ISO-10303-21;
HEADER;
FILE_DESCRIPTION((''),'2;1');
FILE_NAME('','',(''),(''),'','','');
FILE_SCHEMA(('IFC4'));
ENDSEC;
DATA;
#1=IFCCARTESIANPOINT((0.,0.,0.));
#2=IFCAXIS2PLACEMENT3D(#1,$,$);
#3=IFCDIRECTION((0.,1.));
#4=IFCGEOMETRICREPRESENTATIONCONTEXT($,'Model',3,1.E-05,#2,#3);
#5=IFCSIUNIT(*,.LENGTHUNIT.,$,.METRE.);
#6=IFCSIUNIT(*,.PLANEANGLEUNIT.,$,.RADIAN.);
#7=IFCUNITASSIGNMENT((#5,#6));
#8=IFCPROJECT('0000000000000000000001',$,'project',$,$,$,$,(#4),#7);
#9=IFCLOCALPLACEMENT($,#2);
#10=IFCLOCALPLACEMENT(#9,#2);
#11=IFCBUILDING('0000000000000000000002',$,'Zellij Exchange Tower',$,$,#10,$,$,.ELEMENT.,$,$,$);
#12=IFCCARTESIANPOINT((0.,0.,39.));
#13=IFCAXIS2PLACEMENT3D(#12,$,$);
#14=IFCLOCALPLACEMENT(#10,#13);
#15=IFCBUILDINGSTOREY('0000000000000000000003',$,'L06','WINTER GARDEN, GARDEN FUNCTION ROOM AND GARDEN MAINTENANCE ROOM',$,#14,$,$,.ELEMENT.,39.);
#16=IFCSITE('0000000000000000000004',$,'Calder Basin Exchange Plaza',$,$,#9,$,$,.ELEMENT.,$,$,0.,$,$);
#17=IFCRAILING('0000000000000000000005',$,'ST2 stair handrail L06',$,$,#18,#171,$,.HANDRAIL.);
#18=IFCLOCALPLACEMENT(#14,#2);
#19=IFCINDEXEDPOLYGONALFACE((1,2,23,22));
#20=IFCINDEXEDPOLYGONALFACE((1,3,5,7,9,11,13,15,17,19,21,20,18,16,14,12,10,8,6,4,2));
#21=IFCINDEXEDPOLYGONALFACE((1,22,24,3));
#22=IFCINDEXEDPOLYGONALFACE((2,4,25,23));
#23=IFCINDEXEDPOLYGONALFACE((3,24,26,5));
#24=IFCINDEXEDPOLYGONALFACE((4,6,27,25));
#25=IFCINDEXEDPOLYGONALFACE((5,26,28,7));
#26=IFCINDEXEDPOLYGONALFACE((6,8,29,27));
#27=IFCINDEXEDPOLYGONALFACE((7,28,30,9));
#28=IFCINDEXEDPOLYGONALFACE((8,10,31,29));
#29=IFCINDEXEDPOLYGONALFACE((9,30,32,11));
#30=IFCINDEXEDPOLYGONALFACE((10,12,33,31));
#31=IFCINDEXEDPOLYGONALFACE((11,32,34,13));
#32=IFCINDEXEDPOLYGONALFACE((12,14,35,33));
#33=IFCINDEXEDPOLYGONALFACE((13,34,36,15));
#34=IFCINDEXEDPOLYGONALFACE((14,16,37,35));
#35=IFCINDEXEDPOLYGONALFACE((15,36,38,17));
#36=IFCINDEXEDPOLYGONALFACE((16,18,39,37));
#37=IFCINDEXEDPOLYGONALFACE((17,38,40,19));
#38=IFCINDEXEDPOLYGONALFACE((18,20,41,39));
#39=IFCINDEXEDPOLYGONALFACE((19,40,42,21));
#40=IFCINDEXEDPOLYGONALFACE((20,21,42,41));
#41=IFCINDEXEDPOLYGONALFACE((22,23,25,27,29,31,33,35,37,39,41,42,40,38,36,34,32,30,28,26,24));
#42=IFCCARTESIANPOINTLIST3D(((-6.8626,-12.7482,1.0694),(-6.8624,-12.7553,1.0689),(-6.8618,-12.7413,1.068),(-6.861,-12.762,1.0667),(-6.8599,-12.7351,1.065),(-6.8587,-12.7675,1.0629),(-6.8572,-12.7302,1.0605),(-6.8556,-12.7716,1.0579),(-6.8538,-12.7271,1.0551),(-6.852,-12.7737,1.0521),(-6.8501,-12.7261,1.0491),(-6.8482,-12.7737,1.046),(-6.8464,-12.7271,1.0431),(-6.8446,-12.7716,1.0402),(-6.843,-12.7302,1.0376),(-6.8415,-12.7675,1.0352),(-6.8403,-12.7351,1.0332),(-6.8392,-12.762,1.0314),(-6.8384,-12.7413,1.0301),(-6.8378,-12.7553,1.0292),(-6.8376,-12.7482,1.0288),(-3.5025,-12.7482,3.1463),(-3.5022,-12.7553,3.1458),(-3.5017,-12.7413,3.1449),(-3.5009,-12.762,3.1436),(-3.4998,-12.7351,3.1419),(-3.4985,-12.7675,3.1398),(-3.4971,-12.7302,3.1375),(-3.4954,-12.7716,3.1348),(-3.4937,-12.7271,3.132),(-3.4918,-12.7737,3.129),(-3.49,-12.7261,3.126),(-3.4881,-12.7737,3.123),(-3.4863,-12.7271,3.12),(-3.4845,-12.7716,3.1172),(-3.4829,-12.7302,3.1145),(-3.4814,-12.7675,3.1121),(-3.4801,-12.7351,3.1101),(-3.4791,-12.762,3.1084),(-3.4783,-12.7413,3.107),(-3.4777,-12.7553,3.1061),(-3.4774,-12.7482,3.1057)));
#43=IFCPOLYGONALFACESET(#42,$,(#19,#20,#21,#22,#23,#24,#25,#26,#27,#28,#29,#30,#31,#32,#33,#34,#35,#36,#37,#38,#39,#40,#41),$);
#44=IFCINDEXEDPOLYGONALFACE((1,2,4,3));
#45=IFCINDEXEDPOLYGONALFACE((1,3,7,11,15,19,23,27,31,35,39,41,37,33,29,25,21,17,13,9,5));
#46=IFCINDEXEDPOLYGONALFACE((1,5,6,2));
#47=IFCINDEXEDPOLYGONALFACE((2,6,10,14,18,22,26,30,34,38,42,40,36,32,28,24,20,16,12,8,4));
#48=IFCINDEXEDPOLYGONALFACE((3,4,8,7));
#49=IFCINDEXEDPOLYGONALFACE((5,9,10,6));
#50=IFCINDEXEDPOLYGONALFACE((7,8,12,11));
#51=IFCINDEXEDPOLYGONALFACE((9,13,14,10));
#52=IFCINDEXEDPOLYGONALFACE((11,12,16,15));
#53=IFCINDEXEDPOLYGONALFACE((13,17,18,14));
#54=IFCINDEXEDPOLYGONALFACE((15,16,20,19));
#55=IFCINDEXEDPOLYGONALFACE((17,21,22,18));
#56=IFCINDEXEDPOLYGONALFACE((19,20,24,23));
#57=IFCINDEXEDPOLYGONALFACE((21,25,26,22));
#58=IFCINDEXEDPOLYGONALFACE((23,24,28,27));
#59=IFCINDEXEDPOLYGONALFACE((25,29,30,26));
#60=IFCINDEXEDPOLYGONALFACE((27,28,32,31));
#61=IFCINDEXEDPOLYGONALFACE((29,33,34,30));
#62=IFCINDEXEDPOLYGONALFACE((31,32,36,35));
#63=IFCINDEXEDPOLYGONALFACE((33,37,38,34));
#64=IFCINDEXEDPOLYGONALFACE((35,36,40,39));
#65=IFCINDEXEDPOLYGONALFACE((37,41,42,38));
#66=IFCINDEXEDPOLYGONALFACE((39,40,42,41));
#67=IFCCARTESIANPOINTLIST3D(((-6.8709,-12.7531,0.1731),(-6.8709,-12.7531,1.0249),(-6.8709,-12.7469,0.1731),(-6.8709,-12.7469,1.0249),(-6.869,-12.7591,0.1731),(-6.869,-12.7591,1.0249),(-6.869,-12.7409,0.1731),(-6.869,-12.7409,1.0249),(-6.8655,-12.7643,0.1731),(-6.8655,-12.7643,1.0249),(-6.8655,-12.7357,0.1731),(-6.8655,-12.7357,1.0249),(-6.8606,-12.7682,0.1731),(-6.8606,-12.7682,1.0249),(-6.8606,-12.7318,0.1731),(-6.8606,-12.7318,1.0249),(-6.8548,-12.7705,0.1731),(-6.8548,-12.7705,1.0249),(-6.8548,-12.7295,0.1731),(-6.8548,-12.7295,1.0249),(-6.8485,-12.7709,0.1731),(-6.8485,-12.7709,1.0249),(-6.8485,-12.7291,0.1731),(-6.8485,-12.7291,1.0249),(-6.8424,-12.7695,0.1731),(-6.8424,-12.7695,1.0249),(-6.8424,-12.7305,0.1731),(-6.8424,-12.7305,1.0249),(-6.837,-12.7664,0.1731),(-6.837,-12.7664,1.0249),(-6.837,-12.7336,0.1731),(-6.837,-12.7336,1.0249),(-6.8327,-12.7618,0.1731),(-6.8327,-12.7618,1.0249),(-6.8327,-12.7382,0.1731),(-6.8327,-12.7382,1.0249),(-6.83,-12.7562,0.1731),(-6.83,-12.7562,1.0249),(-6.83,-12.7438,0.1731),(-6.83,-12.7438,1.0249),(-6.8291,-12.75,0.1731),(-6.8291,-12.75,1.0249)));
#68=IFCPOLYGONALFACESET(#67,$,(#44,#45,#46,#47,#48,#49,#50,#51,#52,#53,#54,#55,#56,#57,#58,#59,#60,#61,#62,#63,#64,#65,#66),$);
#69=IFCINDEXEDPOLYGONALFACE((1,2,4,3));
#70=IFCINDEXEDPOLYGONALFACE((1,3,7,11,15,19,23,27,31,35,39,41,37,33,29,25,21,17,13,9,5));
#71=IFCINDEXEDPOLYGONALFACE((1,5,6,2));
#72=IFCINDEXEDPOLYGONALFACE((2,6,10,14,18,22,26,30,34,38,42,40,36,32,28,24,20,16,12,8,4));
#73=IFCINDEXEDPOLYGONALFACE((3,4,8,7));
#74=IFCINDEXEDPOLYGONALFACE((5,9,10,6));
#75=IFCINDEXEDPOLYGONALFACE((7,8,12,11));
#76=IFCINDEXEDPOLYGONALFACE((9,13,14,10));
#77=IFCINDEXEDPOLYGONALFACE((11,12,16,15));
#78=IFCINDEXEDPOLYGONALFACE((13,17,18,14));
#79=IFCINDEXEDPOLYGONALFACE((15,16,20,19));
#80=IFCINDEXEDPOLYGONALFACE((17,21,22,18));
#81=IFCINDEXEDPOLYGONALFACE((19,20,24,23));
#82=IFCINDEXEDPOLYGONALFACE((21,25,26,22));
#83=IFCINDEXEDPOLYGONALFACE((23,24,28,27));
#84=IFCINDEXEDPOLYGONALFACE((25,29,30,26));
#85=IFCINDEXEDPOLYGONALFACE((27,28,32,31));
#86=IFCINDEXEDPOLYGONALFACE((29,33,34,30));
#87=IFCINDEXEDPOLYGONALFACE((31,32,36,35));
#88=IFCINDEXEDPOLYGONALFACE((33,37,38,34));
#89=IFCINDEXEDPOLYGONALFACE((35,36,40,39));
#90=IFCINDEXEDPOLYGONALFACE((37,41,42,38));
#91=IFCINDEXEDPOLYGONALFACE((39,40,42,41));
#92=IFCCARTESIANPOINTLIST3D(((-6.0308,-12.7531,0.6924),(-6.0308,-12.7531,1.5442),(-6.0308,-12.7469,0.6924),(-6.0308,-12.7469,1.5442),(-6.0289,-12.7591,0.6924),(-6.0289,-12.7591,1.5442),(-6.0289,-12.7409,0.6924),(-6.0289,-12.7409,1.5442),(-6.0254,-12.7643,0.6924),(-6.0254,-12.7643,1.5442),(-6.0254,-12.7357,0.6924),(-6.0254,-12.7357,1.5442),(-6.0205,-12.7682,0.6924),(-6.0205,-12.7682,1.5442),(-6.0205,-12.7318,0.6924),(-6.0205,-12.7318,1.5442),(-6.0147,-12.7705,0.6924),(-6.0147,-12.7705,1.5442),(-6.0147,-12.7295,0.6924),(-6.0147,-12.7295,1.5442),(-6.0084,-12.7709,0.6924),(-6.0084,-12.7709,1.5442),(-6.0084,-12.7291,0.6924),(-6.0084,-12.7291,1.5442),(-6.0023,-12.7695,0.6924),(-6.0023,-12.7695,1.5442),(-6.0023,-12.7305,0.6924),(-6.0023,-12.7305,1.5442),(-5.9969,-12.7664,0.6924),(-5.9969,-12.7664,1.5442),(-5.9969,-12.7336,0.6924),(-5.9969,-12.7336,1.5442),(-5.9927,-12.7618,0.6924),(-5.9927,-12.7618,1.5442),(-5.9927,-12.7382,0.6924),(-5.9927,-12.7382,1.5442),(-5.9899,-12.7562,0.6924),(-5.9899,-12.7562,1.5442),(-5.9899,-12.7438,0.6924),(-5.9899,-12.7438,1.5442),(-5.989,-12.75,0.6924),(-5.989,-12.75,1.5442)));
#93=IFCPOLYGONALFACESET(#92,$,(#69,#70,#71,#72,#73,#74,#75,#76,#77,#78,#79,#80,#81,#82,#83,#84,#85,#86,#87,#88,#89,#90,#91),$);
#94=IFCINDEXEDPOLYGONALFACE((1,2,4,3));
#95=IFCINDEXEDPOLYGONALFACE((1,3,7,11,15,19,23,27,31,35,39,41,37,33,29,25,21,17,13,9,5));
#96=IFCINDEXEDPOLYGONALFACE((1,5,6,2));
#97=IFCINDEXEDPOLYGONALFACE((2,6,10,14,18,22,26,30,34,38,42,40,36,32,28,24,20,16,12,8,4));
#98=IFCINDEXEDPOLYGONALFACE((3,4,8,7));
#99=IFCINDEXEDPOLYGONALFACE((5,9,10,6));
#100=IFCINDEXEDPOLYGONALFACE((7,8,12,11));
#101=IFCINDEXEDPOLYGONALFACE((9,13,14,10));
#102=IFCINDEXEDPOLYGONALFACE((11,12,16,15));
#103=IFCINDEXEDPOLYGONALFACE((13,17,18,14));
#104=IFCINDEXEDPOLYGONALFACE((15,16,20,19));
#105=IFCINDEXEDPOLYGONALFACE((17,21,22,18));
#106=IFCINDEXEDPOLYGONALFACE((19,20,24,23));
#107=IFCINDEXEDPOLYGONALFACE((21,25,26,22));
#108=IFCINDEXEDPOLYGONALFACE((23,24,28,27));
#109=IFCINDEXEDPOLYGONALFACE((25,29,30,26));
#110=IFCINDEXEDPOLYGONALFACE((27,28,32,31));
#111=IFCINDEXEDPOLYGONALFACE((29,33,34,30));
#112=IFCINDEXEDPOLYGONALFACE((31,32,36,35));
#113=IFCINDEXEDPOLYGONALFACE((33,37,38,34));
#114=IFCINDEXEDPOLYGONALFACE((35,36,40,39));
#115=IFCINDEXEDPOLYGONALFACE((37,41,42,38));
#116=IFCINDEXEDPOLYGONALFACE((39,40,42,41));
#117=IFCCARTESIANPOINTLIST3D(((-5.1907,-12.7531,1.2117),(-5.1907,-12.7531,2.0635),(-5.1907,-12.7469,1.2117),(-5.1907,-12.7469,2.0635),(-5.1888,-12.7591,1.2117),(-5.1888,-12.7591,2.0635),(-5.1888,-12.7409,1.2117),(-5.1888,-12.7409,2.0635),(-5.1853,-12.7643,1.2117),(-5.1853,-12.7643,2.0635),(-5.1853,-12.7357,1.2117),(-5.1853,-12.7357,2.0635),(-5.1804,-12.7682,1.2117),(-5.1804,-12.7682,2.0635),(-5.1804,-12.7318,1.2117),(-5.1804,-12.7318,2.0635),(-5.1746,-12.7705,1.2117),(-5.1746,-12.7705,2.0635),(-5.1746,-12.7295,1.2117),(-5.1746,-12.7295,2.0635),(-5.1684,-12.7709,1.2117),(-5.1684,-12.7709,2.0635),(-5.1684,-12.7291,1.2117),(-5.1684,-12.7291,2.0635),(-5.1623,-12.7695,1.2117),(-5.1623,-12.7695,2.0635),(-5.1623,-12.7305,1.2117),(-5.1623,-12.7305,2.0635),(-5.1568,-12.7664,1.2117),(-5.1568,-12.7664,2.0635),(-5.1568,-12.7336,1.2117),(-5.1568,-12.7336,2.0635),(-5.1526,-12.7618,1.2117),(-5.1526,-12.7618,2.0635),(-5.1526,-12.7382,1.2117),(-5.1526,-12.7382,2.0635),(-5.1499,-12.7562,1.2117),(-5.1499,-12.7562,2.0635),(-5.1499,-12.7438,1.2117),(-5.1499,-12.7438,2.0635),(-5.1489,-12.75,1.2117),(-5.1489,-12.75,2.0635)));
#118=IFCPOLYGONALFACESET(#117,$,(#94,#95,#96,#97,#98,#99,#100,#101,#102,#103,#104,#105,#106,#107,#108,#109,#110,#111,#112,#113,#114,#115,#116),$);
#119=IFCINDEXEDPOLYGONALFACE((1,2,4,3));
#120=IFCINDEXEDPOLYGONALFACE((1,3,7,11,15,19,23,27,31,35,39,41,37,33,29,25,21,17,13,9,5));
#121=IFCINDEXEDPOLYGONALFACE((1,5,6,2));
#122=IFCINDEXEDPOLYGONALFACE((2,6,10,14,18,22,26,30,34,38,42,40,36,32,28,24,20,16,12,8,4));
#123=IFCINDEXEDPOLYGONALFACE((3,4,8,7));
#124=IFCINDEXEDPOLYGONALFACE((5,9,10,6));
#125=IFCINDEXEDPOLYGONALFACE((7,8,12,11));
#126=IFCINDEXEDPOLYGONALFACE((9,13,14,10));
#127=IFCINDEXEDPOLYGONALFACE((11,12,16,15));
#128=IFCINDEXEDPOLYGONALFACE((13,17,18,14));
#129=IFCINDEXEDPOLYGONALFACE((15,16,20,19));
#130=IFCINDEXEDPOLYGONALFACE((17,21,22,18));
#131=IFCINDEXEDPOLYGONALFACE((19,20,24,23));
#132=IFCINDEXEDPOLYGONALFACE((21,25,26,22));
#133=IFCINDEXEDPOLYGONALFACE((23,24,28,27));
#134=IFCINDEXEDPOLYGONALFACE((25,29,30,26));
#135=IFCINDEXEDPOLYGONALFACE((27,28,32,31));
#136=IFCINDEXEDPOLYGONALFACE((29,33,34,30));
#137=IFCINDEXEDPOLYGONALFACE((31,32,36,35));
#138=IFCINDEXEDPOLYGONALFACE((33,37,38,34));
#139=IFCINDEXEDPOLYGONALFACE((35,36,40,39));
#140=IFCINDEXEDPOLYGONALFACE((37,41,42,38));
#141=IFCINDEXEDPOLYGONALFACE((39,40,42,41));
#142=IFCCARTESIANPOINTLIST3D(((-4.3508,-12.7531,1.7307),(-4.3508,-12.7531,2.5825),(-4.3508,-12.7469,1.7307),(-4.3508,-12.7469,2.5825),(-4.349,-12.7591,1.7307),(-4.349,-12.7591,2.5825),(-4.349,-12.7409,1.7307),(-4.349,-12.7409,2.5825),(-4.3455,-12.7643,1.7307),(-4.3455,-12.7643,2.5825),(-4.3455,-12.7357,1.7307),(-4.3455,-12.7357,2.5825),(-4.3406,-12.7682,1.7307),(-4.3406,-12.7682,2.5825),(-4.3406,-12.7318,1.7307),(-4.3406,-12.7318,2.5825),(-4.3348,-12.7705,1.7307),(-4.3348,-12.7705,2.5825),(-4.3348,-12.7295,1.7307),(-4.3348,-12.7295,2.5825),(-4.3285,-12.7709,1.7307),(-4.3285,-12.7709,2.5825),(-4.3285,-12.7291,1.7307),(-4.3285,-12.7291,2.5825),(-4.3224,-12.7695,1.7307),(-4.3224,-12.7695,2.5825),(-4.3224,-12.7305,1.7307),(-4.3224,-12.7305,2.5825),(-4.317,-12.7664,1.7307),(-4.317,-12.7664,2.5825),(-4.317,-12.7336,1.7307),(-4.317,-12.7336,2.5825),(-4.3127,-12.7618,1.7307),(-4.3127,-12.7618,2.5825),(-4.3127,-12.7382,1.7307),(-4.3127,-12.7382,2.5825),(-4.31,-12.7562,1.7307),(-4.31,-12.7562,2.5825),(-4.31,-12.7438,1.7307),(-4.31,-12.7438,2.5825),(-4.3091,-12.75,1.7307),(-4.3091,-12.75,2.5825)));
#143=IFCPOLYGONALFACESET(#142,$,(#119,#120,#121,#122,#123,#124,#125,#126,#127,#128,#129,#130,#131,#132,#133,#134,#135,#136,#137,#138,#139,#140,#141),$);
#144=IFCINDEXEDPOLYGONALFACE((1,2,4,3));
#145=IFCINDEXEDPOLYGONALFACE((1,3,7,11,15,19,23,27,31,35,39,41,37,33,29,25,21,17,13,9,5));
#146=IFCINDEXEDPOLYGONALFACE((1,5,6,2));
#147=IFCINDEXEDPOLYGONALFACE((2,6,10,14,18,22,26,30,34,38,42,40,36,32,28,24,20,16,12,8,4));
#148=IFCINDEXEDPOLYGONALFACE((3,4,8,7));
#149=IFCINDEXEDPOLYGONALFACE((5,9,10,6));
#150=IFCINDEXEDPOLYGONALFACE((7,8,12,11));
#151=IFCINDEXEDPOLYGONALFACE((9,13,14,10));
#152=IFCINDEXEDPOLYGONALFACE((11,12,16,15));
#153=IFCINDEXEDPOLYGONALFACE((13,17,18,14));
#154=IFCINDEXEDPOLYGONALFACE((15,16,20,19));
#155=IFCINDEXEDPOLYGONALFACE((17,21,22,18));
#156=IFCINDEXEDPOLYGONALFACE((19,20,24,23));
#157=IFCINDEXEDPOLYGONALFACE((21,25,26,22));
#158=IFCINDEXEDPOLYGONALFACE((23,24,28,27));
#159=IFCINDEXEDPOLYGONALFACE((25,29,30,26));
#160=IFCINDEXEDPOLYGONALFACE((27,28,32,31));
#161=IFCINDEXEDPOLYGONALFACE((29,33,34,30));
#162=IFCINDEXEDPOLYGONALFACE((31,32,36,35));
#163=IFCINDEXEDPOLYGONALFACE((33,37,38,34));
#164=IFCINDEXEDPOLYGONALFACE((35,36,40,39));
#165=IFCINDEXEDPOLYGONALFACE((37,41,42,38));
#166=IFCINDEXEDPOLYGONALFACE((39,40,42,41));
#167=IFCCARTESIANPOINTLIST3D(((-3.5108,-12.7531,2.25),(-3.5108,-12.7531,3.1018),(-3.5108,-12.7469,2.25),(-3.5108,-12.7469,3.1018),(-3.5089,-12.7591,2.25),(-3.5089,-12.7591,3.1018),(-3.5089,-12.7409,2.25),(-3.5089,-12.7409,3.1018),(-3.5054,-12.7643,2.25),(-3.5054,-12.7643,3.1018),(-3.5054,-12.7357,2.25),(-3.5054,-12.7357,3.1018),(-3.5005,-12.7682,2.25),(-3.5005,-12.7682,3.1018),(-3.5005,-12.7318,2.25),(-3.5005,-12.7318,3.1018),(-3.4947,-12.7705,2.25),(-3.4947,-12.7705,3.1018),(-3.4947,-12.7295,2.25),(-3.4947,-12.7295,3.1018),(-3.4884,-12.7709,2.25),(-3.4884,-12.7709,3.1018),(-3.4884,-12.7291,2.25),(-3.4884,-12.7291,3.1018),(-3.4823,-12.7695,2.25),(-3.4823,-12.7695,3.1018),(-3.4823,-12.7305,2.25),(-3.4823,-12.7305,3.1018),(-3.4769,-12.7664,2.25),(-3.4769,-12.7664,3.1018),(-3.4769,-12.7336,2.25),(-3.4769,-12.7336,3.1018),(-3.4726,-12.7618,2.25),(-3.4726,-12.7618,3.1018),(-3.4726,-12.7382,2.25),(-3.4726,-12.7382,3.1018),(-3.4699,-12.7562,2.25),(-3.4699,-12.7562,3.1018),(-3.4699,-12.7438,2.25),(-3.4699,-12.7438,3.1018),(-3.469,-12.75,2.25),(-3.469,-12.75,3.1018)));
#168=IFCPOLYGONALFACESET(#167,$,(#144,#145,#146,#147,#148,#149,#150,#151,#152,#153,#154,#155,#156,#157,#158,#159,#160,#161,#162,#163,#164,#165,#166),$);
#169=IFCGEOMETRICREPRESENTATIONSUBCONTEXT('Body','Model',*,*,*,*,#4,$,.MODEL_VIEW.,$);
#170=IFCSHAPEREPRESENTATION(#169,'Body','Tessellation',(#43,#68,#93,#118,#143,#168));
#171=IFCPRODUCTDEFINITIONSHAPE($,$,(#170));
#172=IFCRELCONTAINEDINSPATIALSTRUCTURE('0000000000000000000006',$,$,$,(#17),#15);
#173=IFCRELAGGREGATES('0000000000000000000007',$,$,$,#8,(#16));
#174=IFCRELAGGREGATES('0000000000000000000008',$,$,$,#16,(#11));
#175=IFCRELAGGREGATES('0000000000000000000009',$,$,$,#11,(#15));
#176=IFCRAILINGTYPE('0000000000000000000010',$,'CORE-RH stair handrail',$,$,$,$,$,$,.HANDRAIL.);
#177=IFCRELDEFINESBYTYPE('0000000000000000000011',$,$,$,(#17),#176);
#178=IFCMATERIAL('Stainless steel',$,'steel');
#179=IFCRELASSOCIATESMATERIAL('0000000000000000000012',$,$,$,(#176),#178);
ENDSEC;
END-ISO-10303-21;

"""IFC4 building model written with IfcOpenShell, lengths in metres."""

from ifc_helpers import new_model, si_unit, direction, frame, origin, origin_2d, place, context, subcontext, project, spatial, circle, extrude, material, type_object, element, save


model = new_model("IFC4")

# Units and contexts
model_context = context("Model", 3, precision=1e-05, world=origin(), true_north=direction((0.0, 1.0)))
body_context = subcontext(model_context, "Body", "Model", "MODEL_VIEW")
ifc_project = project(units=[si_unit("LENGTHUNIT", "METRE"), si_unit("PLANEANGLEUNIT", "RADIAN")], contexts=[model_context])

# Site, building, storey
site_placement = place(None, origin())
site = spatial("IfcSite", under=ifc_project, at=site_placement, Name="Calder Basin Exchange Plaza", CompositionType="ELEMENT", RefElevation=0.0)
building_placement = place(site_placement, origin())
building = spatial("IfcBuilding", under=site, at=building_placement, Name="Zellij Exchange Tower", CompositionType="ELEMENT")
storey_placement = place(building_placement, frame((0.0, 0.0, 39.0)))
storey = spatial("IfcBuildingStorey", under=building, at=storey_placement, Name="L06", Description="WINTER GARDEN, GARDEN FUNCTION ROOM AND GARDEN MAINTENANCE ROOM", CompositionType="ELEMENT", Elevation=39.0)

# Railing
ifc_material_1 = material(Name="Stainless steel", Category="steel")
railing_type_1 = type_object("IfcRailingType", Name="CORE-RH stair handrail", PredefinedType="HANDRAIL", material=ifc_material_1)
railing_1_placement = place(storey_placement, frame((-6.8501, -12.75, 0.1731)))
element("IfcRailing", 1, at=railing_1_placement, inside=storey, type_object=railing_type_1, Name="ST2 stair handrail L06", PredefinedType="HANDRAIL", context=body_context, shape_type="SweptSolid", body=[
    extrude(circle(Radius=0.0239, at=origin_2d()), frame((0.0, 0.0, 0.876), z_axis=(0.850623, 0.0, 0.525776), x_axis=(0.0, 1.0, 0.0)), (0.0, 0.0, 1.0), 3.9502),
    extrude(circle(Radius=0.021, at=origin_2d()), origin(), (0.0, 0.0, 1.0), 0.8518),
    extrude(circle(Radius=0.021, at=origin_2d()), frame((0.8401, 0.0, 0.5193)), (0.0, 0.0, 1.0), 0.8518),
    extrude(circle(Radius=0.021, at=origin_2d()), frame((1.6802, 0.0, 1.0386)), (0.0, 0.0, 1.0), 0.8518),
    extrude(circle(Radius=0.021, at=origin_2d()), frame((2.52, 0.0, 1.5576)), (0.0, 0.0, 1.0), 0.8518),
    extrude(circle(Radius=0.021, at=origin_2d()), frame((3.3601, 0.0, 2.0769)), (0.0, 0.0, 1.0), 0.8518),
])

save(model, "model.ifc")
